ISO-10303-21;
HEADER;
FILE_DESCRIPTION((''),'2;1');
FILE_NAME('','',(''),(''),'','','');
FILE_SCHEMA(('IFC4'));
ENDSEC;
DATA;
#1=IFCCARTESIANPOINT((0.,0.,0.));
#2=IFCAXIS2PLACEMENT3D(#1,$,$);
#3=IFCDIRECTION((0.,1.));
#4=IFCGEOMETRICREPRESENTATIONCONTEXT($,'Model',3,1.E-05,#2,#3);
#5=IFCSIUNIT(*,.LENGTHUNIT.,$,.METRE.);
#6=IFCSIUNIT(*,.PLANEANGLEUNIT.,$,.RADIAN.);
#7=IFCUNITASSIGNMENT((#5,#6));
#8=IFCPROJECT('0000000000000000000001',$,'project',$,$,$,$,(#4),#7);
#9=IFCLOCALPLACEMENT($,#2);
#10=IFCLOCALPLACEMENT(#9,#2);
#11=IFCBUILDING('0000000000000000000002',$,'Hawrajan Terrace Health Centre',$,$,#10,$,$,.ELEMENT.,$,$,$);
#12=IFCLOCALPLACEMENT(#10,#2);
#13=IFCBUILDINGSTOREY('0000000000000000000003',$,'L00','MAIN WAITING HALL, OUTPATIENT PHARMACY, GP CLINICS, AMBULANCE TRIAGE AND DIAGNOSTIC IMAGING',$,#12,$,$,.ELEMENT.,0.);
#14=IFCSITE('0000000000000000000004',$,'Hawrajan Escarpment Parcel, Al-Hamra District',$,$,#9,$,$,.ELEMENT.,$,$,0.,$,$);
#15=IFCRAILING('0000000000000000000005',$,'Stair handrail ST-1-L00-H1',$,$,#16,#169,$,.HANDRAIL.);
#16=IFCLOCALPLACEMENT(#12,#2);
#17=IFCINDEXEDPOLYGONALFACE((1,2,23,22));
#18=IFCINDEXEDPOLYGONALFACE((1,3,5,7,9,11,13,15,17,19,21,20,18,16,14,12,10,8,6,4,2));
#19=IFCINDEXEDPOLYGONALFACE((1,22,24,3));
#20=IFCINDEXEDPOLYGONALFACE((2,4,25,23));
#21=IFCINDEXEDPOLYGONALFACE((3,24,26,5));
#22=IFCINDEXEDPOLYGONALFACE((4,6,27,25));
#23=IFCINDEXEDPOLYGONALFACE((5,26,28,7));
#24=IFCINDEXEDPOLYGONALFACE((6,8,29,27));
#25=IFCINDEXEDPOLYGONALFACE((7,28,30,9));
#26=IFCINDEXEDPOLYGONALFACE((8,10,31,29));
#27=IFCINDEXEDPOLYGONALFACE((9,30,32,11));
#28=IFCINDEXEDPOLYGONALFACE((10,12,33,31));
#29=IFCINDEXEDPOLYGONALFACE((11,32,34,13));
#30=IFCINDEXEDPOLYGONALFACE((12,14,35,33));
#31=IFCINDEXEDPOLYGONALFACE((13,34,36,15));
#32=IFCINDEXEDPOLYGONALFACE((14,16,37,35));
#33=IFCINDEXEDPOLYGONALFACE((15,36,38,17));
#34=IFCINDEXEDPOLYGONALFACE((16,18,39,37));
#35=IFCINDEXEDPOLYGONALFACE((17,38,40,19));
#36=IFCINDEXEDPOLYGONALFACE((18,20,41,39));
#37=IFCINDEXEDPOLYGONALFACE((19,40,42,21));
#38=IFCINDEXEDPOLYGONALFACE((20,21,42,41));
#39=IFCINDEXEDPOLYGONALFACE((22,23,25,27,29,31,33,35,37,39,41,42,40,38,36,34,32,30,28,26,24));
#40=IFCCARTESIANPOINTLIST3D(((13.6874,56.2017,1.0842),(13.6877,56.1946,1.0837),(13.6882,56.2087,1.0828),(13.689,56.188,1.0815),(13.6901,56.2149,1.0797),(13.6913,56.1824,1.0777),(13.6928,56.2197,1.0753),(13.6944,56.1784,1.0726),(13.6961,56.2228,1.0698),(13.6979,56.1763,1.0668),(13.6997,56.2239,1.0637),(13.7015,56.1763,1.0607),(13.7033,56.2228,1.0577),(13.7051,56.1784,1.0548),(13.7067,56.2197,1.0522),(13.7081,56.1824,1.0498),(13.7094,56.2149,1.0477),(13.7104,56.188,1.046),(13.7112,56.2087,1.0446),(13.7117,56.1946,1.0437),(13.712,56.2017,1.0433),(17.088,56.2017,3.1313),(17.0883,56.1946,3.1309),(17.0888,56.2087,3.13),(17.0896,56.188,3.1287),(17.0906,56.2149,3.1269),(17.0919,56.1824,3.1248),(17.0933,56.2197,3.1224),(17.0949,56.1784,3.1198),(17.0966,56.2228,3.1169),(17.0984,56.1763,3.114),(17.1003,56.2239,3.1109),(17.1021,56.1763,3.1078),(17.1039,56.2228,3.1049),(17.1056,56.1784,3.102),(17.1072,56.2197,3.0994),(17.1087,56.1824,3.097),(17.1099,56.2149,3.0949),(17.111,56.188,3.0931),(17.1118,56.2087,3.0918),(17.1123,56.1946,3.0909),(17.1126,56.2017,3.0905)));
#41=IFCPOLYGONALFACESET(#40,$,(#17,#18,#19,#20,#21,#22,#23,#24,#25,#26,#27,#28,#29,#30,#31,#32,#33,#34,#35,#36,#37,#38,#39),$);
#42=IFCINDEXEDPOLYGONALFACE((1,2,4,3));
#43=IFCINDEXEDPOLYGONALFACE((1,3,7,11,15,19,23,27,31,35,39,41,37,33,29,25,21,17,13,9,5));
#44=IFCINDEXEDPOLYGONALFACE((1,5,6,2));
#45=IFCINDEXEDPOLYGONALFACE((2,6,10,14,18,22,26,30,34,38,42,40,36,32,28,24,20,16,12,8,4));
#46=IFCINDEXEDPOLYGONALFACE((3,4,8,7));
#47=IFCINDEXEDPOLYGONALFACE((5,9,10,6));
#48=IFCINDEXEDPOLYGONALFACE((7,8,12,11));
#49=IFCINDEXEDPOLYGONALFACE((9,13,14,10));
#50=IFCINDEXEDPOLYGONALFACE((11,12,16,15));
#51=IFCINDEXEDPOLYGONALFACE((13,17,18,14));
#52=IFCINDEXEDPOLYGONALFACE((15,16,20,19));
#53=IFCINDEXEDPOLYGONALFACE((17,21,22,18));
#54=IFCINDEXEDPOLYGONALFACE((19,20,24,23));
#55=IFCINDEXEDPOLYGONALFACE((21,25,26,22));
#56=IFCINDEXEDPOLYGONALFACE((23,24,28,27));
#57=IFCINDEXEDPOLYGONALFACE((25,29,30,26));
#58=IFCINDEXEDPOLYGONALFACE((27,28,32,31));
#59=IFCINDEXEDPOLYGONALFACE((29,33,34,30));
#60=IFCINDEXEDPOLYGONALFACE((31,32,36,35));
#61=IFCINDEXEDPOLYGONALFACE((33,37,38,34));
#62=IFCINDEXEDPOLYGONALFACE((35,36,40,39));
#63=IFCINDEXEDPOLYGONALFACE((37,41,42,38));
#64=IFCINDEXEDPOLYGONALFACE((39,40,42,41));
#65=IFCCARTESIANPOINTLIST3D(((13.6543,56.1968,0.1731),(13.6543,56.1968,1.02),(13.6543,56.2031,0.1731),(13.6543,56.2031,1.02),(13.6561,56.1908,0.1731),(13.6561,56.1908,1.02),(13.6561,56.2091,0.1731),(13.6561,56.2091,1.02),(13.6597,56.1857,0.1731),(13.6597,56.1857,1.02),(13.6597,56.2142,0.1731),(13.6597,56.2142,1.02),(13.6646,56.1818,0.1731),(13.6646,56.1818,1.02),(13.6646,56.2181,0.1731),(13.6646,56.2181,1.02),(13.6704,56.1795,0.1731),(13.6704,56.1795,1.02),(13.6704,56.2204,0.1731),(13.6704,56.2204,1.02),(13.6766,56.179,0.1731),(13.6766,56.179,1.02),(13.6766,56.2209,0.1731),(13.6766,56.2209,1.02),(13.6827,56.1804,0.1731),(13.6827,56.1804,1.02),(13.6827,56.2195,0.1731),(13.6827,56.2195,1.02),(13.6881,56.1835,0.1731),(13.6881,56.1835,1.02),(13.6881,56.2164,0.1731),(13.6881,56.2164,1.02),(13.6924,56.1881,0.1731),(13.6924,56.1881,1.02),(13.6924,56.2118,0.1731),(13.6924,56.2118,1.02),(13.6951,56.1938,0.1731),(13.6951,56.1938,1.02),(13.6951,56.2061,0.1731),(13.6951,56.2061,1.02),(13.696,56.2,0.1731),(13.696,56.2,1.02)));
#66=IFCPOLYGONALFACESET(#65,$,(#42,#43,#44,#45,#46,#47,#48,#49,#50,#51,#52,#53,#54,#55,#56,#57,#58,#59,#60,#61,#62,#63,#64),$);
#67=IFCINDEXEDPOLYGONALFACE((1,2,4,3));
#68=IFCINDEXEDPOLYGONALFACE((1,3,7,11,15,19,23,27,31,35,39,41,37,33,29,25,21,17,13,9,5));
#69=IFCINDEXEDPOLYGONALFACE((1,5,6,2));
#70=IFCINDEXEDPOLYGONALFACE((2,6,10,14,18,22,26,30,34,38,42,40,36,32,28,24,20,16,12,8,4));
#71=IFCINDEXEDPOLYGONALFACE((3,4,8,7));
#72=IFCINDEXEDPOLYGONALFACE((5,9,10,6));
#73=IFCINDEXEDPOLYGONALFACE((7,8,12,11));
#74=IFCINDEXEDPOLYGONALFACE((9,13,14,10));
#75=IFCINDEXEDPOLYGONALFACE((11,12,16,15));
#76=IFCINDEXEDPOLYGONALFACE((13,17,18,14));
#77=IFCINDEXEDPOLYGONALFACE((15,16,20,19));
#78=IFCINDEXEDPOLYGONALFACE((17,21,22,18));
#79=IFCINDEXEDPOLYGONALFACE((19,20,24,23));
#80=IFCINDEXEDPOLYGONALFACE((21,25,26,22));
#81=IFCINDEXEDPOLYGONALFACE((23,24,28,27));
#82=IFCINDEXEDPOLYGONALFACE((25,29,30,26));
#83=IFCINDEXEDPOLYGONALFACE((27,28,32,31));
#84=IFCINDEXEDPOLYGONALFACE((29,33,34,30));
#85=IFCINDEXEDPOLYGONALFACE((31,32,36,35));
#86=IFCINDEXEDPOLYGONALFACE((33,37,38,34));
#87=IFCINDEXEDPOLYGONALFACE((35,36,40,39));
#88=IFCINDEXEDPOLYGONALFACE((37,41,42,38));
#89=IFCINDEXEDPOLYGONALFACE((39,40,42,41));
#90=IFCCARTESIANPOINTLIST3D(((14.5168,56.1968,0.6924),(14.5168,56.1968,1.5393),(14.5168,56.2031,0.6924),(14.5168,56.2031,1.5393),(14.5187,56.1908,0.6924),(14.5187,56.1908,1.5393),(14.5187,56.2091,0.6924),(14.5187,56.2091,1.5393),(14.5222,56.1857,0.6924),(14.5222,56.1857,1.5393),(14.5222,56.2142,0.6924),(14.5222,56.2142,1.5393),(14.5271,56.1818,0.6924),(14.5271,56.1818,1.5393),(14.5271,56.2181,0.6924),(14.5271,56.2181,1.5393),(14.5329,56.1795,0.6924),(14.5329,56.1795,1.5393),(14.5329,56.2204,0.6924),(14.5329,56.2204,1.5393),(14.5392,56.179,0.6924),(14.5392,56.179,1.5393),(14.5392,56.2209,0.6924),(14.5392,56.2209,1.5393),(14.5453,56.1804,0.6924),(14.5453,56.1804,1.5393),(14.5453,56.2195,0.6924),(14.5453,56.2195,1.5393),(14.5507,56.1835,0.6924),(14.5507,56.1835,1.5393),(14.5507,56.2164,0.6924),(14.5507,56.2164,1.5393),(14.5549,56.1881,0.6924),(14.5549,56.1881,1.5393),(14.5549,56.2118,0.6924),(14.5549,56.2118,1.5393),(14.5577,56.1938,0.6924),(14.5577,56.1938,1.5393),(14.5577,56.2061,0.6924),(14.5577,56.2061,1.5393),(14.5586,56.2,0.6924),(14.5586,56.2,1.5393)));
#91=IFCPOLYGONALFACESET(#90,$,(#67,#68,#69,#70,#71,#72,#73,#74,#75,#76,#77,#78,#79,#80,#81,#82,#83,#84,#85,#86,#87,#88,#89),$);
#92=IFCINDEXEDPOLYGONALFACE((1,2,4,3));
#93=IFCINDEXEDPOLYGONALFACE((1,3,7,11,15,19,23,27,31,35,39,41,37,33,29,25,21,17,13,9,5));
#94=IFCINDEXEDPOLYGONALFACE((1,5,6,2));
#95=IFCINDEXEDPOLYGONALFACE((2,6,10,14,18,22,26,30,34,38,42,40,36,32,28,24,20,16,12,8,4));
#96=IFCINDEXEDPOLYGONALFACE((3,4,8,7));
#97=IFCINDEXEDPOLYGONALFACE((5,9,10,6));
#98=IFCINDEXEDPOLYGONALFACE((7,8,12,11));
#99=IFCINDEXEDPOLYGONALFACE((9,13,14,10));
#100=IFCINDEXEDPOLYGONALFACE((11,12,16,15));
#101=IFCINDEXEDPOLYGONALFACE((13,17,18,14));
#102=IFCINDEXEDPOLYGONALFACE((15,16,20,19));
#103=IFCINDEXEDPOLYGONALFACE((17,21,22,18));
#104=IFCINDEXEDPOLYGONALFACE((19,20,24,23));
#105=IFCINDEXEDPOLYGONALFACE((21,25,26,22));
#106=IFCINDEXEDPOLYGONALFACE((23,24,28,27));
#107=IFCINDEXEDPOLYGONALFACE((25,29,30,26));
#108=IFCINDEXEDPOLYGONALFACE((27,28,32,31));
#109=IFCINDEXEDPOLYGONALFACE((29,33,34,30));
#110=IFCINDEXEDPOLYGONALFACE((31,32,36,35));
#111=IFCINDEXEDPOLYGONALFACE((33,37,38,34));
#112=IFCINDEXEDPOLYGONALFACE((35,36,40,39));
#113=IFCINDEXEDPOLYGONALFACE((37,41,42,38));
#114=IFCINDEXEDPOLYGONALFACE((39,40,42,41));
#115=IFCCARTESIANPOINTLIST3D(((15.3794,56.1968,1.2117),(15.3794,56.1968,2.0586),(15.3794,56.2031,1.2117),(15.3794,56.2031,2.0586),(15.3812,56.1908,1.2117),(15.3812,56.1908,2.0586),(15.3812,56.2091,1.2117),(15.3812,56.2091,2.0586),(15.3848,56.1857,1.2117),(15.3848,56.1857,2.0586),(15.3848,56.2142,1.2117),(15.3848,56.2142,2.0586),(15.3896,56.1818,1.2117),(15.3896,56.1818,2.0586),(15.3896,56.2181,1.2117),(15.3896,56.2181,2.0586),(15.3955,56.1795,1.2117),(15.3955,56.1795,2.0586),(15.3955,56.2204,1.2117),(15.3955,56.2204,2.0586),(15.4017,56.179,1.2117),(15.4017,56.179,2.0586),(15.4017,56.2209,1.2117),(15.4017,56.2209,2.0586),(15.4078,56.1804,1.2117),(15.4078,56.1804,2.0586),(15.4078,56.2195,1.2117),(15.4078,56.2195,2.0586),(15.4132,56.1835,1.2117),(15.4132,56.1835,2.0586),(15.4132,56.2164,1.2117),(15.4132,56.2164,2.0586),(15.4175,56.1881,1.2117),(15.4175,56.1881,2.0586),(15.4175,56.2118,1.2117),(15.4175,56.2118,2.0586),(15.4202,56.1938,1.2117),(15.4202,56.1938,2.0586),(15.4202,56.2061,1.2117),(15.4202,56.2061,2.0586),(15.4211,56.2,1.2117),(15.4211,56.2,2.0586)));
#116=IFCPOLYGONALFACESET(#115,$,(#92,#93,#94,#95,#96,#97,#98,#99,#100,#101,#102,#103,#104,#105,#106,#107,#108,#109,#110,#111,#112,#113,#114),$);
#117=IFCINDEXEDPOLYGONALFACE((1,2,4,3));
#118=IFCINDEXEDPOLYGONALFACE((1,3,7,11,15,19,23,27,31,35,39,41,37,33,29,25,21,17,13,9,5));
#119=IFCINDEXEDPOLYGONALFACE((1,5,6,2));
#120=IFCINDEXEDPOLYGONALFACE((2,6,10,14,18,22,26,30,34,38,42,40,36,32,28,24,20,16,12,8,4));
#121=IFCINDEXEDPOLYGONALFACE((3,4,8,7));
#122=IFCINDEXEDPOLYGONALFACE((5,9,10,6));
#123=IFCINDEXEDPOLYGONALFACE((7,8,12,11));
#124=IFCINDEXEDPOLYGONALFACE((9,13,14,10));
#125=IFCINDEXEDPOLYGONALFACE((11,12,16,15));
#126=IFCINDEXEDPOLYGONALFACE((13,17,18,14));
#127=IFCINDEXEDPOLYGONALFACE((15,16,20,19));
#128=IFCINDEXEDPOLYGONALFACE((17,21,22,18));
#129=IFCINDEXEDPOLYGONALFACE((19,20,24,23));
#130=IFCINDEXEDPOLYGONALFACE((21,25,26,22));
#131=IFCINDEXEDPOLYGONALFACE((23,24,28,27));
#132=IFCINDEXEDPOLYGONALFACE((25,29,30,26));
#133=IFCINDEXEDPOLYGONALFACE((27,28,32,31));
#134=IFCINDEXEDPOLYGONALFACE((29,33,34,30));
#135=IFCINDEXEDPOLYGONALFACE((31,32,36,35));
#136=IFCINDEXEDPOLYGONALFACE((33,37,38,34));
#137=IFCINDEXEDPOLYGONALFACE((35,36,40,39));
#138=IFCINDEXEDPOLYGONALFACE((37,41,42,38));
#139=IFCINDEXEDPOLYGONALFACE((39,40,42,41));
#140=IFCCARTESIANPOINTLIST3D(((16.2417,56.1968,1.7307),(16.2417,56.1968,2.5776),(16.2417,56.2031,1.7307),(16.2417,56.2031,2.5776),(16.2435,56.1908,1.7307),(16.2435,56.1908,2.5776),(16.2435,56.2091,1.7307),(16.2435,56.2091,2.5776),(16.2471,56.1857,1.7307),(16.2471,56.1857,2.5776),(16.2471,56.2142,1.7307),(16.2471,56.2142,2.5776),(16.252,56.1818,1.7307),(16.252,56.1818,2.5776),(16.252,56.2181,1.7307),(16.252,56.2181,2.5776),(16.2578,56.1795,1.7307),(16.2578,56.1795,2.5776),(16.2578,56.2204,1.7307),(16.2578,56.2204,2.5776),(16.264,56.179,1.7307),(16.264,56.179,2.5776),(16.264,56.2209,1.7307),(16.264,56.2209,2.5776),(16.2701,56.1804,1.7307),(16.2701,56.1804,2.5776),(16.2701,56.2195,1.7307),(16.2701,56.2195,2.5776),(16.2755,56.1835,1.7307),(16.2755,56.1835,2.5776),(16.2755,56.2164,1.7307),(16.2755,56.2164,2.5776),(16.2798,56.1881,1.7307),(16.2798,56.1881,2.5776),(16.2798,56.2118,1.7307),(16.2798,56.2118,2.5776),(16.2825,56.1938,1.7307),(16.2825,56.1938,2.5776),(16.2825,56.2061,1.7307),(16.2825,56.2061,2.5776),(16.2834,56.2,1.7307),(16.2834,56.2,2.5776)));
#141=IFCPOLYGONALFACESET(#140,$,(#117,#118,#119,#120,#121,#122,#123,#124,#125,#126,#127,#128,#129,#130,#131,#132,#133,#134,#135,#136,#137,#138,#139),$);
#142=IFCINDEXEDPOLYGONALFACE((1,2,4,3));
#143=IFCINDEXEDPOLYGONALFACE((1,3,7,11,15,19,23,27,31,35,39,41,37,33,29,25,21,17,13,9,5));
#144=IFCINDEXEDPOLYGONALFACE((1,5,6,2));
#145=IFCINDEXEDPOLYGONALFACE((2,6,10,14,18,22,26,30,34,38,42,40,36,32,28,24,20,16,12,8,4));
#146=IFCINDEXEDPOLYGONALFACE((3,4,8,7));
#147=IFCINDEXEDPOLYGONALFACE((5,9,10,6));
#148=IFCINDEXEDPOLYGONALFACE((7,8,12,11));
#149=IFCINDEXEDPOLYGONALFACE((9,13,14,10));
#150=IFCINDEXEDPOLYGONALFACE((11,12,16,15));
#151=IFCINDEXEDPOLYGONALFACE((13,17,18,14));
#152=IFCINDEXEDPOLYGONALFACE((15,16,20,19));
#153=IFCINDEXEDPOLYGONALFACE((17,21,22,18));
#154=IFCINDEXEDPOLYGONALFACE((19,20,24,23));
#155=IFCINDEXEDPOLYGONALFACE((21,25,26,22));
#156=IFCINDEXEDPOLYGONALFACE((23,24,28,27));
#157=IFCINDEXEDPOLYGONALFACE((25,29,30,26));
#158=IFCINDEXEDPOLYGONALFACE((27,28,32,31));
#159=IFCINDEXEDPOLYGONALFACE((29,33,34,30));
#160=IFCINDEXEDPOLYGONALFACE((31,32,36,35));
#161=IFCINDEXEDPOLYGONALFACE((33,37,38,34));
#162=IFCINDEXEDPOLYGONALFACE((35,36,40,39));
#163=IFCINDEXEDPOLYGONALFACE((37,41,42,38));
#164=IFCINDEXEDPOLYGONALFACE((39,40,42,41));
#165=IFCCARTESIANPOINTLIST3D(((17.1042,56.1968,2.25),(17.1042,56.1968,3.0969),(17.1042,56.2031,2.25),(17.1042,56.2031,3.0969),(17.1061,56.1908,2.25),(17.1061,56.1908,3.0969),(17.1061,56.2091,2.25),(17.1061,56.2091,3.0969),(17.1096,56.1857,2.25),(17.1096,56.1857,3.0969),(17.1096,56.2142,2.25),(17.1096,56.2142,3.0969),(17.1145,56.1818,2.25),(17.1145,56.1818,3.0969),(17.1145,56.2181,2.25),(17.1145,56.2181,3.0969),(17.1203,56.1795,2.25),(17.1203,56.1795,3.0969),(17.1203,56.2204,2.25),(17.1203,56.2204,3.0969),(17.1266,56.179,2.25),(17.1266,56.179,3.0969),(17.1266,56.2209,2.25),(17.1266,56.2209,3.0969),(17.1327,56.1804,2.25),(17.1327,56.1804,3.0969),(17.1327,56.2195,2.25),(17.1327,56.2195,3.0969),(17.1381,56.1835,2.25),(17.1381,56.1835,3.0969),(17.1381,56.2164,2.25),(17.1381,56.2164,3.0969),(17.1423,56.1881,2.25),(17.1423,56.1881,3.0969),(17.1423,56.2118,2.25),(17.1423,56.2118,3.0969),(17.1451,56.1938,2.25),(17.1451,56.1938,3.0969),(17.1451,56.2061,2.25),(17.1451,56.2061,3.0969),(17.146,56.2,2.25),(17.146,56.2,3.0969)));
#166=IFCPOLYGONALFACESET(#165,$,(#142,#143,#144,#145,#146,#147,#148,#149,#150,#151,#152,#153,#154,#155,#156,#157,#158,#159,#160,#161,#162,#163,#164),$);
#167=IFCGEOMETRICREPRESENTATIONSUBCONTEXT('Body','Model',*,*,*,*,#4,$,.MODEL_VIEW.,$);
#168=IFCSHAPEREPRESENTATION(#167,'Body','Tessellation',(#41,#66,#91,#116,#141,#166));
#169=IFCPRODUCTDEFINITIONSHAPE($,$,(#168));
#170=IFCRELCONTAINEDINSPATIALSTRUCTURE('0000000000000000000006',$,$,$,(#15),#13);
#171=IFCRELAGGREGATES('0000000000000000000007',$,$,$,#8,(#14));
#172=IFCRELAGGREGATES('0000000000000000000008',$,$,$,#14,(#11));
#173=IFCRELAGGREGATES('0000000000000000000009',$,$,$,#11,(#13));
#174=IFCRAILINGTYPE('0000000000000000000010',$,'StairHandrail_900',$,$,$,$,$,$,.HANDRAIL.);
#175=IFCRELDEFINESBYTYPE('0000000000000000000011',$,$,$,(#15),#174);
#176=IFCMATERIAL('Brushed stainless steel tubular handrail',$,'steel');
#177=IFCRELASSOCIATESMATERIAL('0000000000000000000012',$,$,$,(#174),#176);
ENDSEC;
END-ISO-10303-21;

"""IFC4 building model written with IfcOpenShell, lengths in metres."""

from ifc_helpers import new_model, si_unit, direction, frame, origin, origin_2d, place, context, subcontext, project, spatial, circle, extrude, material, type_object, element, save


model = new_model("IFC4")

# Units and contexts
model_context = context("Model", 3, precision=1e-05, world=origin(), true_north=direction((0.0, 1.0)))
body_context = subcontext(model_context, "Body", "Model", "MODEL_VIEW")
ifc_project = project(units=[si_unit("LENGTHUNIT", "METRE"), si_unit("PLANEANGLEUNIT", "RADIAN")], contexts=[model_context])

# Site, building, storey
site_placement = place(None, origin())
site = spatial("IfcSite", under=ifc_project, at=site_placement, Name="Hawrajan Escarpment Parcel, Al-Hamra District", CompositionType="ELEMENT", RefElevation=0.0)
building_placement = place(site_placement, origin())
building = spatial("IfcBuilding", under=site, at=building_placement, Name="Hawrajan Terrace Health Centre", CompositionType="ELEMENT")
storey_placement = place(building_placement, origin())
storey = spatial("IfcBuildingStorey", under=building, at=storey_placement, Name="L00", Description="MAIN WAITING HALL, OUTPATIENT PHARMACY, GP CLINICS, AMBULANCE TRIAGE AND DIAGNOSTIC IMAGING", CompositionType="ELEMENT", Elevation=0.0)

# Railing
ifc_material_1 = material(Name="Brushed stainless steel tubular handrail", Category="steel")
railing_type_1 = type_object("IfcRailingType", Name="StairHandrail_900", PredefinedType="HANDRAIL", material=ifc_material_1)
railing_1_placement = place(storey_placement, frame((13.675, 56.2, 0.1731)))
element("IfcRailing", 1, at=railing_1_placement, inside=storey, type_object=railing_type_1, Name="Stair handrail ST-1-L00-H1", PredefinedType="HANDRAIL", context=body_context, shape_type="SweptSolid", body=[
    extrude(circle(Radius=0.0239, at=origin_2d()), frame((0.0247, 0.0, 0.8906), z_axis=(0.856732, 0.0, 0.515761), x_axis=(0.0, 1.0, 0.0)), (0.0, 0.0, 1.0), 3.9692),
    extrude(circle(Radius=0.021, at=origin_2d()), origin(), (0.0, 0.0, 1.0), 0.8469),
    extrude(circle(Radius=0.021, at=origin_2d()), frame((0.8625, 0.0, 0.5193)), (0.0, 0.0, 1.0), 0.8469),
    extrude(circle(Radius=0.021, at=origin_2d()), frame((1.7251, 0.0, 1.0386)), (0.0, 0.0, 1.0), 0.8469),
    extrude(circle(Radius=0.021, at=origin_2d()), frame((2.5874, 0.0, 1.5576)), (0.0, 0.0, 1.0), 0.8469),
    extrude(circle(Radius=0.021, at=origin_2d()), frame((3.45, 0.0, 2.0769)), (0.0, 0.0, 1.0), 0.8469),
])

save(model, "model.ifc")
